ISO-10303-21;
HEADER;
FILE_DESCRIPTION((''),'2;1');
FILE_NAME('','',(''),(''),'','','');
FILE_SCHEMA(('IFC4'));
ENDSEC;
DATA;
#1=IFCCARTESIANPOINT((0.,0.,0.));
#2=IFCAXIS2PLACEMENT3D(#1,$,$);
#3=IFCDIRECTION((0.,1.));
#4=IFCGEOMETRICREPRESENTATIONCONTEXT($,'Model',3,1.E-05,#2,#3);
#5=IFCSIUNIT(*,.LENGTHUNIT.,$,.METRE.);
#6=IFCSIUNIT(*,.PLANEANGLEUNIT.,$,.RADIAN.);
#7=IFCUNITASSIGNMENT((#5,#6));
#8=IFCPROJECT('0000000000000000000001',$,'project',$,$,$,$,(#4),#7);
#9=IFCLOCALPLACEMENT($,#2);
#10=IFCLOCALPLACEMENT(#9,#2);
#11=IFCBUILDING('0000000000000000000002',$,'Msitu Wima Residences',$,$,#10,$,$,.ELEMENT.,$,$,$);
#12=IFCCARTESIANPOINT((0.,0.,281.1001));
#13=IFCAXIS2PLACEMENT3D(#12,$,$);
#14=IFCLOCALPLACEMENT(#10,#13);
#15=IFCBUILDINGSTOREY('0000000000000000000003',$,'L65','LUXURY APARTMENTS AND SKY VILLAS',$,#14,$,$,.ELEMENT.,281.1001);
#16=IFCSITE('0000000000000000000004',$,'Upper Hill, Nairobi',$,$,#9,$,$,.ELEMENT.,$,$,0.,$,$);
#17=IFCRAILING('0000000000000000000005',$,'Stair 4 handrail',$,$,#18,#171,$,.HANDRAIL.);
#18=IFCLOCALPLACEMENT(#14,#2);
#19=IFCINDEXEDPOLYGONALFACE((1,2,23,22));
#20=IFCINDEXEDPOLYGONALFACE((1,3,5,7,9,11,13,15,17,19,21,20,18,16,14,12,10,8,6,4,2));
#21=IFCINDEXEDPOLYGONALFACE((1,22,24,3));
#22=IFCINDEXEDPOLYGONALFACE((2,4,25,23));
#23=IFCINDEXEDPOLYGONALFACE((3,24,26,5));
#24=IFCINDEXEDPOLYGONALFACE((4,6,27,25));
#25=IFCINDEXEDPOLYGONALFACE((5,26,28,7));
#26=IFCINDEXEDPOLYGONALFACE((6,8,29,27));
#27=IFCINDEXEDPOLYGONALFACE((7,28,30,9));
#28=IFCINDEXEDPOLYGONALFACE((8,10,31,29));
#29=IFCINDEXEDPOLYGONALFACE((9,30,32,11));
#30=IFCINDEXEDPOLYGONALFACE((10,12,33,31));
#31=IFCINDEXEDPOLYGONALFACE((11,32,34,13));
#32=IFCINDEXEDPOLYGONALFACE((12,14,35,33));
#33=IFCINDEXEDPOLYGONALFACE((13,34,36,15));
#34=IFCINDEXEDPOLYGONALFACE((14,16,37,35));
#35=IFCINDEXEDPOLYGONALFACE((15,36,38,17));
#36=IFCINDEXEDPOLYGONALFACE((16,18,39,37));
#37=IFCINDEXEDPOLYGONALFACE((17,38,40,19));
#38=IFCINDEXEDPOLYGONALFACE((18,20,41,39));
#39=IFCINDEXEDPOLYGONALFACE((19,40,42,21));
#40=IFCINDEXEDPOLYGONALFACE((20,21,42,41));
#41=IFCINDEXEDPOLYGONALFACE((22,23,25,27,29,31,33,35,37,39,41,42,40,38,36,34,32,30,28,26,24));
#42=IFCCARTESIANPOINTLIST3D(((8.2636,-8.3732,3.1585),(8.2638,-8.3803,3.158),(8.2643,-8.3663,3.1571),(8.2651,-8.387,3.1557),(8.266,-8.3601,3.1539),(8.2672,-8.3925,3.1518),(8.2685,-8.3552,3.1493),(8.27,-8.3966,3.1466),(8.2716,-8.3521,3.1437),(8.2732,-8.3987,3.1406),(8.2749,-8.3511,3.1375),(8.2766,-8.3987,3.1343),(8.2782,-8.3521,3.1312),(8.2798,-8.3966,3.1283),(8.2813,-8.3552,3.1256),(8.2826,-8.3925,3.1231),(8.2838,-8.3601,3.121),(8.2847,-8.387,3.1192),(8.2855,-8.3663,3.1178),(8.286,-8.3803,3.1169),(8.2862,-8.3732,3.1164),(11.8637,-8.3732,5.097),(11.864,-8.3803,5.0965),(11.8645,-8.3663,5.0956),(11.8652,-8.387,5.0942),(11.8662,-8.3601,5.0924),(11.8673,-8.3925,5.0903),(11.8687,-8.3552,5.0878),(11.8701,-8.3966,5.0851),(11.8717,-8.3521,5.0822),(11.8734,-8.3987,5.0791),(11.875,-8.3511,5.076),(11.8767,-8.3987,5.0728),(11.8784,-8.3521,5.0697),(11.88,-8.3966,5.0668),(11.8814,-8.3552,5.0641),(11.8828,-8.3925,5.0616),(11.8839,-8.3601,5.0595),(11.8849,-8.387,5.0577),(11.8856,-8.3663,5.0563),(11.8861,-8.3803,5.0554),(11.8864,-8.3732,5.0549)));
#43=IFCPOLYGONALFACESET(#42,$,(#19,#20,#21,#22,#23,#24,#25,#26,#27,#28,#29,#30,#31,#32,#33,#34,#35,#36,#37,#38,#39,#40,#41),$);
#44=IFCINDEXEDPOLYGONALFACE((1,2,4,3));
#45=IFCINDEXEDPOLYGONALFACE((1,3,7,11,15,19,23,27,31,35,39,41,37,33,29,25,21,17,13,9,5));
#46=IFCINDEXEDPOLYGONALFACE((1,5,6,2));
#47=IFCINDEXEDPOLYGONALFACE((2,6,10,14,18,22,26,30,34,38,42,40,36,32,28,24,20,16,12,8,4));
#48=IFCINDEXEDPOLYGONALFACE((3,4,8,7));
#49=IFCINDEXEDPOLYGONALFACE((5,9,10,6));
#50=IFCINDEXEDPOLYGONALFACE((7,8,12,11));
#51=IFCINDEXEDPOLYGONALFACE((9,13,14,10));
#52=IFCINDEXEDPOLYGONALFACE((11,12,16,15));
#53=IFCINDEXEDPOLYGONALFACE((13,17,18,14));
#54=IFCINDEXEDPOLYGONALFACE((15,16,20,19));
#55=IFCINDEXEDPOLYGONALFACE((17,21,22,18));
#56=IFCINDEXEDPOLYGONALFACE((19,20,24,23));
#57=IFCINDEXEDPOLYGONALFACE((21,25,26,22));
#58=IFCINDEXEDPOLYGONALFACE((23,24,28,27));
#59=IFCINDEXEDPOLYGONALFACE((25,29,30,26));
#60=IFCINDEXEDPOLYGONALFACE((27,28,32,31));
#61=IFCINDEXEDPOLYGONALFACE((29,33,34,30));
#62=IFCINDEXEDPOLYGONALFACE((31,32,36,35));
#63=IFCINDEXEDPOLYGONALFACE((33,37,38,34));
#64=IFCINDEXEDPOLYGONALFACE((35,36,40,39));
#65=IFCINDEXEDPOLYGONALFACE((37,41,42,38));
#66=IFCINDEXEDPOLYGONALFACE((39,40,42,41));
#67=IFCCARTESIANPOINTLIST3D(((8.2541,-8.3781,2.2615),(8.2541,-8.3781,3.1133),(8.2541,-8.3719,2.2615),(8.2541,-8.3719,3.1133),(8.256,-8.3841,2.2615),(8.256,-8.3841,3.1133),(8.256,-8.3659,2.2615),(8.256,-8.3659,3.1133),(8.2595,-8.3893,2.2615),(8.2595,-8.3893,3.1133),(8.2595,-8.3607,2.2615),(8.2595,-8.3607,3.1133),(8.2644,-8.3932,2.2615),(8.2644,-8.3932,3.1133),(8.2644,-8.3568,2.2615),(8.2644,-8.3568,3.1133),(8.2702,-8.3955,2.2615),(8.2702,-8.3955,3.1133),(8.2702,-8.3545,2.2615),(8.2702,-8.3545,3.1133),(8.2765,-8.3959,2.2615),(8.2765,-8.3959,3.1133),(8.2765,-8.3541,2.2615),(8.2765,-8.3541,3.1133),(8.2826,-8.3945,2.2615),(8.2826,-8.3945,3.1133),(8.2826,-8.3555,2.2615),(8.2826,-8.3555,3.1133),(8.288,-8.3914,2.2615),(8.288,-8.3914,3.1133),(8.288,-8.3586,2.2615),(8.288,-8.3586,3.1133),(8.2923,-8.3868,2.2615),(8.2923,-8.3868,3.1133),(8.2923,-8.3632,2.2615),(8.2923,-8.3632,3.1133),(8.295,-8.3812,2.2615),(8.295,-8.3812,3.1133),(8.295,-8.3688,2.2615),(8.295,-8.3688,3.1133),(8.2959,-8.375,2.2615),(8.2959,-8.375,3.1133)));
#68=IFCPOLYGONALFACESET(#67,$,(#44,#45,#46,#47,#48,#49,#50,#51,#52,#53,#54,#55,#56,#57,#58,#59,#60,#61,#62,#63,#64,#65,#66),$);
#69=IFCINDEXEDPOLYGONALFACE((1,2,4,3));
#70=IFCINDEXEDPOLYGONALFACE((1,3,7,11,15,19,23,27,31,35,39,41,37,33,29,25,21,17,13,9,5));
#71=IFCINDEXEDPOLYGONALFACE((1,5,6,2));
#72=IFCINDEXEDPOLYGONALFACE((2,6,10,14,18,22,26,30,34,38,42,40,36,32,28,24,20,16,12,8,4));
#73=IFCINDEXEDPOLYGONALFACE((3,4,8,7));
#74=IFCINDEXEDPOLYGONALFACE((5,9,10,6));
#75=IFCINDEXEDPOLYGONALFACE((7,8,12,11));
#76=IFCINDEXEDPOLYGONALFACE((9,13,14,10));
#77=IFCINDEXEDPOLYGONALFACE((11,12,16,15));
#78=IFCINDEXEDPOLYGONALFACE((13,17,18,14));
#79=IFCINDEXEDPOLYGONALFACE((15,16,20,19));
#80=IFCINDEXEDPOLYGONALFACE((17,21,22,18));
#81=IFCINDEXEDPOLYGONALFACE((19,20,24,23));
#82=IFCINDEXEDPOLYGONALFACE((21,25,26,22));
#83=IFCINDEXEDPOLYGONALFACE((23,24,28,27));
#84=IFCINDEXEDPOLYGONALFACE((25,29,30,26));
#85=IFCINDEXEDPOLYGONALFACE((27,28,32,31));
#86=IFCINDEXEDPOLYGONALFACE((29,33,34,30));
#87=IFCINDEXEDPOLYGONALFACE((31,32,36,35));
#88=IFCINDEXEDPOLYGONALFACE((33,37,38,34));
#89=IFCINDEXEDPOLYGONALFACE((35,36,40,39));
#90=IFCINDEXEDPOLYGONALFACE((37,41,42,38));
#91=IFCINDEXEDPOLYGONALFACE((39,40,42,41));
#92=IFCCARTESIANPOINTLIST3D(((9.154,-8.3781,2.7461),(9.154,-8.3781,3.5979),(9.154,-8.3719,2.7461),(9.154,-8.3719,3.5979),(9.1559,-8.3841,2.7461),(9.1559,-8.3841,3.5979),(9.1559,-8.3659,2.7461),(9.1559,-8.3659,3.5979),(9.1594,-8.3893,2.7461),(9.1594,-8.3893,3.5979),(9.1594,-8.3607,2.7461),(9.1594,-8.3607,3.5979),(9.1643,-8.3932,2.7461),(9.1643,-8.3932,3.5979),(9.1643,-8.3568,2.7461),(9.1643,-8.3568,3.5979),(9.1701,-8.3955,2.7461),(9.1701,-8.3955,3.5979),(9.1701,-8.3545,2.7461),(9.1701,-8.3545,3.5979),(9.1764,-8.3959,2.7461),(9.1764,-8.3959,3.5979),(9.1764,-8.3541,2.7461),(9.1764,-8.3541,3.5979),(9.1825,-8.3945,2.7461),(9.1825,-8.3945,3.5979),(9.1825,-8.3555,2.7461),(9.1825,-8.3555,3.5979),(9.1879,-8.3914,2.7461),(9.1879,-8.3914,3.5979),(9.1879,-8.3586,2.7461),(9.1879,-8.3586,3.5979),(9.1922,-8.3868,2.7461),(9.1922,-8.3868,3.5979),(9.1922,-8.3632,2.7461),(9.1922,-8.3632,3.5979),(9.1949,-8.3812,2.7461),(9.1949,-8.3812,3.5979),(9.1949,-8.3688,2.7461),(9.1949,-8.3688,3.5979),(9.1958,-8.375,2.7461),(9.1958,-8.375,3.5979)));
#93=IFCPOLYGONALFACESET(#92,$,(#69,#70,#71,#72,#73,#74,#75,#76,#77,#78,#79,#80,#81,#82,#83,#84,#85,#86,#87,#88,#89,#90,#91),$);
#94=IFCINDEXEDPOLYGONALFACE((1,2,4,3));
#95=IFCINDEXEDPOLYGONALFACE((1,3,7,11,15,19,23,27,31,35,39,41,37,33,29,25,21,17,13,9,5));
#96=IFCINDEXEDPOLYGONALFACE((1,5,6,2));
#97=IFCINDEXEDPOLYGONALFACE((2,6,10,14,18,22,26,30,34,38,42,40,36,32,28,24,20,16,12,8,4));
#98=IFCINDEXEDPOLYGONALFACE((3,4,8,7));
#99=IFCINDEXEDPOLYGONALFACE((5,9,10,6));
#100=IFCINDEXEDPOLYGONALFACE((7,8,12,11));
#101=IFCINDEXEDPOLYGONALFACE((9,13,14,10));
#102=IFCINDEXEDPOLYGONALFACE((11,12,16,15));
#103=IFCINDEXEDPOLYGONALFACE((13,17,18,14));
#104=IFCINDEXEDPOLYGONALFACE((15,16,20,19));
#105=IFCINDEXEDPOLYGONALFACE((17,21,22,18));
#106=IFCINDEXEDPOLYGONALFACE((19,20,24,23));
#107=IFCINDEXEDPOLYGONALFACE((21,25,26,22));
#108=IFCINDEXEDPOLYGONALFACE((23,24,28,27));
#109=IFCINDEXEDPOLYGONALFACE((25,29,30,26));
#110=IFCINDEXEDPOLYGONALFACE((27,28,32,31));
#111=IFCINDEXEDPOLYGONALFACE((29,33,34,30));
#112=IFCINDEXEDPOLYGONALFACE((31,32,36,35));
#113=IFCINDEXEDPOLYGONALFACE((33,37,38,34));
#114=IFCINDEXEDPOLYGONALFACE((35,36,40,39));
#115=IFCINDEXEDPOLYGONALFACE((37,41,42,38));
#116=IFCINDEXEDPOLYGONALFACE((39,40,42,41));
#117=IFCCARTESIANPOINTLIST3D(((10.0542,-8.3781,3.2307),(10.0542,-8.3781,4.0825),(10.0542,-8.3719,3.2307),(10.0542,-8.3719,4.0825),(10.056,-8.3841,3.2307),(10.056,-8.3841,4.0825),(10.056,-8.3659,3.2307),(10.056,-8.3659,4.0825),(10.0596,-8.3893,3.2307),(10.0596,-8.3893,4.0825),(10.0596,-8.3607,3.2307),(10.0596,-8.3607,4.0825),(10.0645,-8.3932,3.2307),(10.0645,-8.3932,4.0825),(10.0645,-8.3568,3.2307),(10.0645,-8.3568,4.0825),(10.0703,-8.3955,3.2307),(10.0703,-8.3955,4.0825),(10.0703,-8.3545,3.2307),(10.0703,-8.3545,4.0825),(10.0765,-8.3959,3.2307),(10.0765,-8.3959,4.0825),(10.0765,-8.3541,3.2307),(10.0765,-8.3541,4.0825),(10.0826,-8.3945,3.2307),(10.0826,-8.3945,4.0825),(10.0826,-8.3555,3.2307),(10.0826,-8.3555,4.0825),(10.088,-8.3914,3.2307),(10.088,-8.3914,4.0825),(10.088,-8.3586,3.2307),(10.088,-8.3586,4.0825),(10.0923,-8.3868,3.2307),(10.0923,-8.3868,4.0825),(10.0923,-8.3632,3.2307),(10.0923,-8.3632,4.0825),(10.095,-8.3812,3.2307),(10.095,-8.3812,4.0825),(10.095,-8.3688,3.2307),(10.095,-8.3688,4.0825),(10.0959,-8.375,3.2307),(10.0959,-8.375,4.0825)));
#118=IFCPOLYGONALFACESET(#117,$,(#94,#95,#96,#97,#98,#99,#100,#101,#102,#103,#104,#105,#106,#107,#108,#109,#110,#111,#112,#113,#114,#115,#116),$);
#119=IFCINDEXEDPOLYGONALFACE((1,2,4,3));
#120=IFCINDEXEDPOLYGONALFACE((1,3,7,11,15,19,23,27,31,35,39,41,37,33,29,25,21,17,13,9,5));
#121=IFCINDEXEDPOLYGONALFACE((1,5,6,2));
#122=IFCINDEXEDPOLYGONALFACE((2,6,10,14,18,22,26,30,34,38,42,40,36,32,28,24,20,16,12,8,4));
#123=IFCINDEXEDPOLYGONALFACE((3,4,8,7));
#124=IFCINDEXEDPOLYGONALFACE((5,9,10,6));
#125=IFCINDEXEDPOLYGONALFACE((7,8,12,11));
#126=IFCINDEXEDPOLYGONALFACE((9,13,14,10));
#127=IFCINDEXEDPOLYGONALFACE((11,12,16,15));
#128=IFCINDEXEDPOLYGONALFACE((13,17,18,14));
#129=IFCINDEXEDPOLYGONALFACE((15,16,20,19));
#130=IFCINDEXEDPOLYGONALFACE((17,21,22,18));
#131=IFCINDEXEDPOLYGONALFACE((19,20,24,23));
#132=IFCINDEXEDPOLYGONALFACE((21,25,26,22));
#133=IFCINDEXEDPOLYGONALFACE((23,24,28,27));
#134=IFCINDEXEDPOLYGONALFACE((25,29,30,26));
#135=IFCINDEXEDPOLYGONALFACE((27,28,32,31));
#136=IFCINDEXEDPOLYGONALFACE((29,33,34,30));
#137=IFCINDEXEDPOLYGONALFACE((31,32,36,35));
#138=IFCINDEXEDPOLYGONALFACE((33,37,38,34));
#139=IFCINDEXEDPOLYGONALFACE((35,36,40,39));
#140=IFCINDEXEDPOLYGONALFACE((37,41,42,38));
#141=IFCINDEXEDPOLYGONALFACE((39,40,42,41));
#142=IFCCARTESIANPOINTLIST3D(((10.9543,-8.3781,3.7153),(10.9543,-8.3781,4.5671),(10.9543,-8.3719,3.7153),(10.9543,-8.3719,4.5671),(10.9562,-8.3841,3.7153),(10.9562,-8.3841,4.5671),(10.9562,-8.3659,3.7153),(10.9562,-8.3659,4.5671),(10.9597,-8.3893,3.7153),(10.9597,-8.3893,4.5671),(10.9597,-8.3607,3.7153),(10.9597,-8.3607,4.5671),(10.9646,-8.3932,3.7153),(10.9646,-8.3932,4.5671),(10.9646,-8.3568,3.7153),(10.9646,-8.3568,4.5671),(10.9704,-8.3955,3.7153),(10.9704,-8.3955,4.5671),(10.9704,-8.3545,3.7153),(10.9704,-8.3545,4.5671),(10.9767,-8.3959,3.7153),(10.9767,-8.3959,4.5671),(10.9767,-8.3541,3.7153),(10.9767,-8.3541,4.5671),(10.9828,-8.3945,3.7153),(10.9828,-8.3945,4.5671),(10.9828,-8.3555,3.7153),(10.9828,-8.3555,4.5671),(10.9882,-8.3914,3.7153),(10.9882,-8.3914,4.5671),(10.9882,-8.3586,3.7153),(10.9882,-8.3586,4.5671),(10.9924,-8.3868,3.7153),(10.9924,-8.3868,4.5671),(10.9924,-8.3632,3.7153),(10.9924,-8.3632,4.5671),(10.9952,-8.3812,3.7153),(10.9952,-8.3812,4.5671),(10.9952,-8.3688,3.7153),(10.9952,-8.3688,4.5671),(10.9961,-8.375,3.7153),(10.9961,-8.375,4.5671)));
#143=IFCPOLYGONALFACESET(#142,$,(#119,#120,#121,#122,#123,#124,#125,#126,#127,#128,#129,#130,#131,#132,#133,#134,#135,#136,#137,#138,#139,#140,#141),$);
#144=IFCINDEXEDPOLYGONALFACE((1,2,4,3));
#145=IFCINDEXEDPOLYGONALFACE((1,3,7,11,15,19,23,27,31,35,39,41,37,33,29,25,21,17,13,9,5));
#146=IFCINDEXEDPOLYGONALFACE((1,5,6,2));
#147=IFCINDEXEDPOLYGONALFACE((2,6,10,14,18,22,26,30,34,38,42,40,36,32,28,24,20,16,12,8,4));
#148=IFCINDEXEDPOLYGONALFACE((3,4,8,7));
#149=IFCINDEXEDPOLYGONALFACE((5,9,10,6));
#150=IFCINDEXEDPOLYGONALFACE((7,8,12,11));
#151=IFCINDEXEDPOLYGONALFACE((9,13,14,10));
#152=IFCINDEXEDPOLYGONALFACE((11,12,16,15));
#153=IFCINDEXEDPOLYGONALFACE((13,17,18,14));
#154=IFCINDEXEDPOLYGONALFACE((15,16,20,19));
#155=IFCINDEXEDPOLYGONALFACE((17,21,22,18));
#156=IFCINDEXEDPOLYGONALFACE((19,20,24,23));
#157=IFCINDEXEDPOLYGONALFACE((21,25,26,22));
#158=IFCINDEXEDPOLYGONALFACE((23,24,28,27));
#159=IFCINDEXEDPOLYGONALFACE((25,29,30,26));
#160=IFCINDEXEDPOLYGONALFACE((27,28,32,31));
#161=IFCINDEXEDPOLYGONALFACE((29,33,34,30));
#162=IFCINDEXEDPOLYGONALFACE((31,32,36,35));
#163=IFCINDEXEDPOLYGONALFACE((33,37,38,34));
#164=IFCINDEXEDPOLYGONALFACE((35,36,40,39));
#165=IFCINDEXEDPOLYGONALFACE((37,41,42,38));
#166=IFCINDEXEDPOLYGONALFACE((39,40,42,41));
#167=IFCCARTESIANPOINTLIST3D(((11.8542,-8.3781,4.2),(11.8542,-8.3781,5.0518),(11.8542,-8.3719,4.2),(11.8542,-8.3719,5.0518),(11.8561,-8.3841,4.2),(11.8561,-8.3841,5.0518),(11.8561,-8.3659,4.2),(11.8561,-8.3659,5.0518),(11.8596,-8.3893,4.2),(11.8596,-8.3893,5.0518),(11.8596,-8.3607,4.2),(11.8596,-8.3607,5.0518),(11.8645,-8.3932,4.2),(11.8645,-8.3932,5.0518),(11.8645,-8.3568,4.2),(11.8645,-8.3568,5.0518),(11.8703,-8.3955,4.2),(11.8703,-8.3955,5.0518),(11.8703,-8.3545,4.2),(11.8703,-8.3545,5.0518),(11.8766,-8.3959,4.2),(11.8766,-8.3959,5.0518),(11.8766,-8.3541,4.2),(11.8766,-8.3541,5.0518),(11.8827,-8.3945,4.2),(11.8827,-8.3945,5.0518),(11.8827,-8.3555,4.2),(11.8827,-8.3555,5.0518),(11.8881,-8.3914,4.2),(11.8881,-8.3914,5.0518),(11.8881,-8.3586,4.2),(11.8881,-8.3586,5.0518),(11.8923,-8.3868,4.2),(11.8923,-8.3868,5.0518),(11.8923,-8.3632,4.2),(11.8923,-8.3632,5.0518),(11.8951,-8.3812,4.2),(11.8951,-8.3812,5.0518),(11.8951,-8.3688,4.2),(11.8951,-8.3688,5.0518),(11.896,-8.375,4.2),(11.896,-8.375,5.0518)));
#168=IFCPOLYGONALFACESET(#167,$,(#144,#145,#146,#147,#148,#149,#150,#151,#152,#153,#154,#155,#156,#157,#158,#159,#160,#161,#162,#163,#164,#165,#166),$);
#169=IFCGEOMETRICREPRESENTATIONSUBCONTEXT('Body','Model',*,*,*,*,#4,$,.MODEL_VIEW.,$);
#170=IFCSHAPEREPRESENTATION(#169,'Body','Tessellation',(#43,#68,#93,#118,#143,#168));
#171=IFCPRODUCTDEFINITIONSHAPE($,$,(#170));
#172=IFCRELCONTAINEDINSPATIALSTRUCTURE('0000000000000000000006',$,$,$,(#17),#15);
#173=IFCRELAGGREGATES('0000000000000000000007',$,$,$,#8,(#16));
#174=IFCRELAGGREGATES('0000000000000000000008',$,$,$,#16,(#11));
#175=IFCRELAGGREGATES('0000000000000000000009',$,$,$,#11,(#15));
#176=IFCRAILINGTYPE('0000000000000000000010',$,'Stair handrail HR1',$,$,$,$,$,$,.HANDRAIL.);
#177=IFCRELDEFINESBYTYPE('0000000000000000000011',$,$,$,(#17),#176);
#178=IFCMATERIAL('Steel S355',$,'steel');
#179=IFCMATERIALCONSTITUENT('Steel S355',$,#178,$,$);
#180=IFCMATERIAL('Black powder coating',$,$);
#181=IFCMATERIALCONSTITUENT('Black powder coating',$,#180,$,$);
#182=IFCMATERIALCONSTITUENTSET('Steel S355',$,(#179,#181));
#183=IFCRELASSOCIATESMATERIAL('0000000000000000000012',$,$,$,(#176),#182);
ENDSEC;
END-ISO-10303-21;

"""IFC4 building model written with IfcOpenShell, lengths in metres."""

from ifc_helpers import new_model, si_unit, direction, frame, origin, origin_2d, place, context, subcontext, project, spatial, circle, extrude, material, constituent, constituent_set, type_object, element, save


model = new_model("IFC4")

# Units and contexts
model_context = context("Model", 3, precision=1e-05, world=origin(), true_north=direction((0.0, 1.0)))
body_context = subcontext(model_context, "Body", "Model", "MODEL_VIEW")
ifc_project = project(units=[si_unit("LENGTHUNIT", "METRE"), si_unit("PLANEANGLEUNIT", "RADIAN")], contexts=[model_context])

# Site, building, storey
site_placement = place(None, origin())
site = spatial("IfcSite", under=ifc_project, at=site_placement, Name="Upper Hill, Nairobi", CompositionType="ELEMENT", RefElevation=0.0)
building_placement = place(site_placement, origin())
building = spatial("IfcBuilding", under=site, at=building_placement, Name="Msitu Wima Residences", CompositionType="ELEMENT")
storey_placement = place(building_placement, frame((0.0, 0.0, 281.1001)))
storey = spatial("IfcBuildingStorey", under=building, at=storey_placement, Name="L65", Description="LUXURY APARTMENTS AND SKY VILLAS", CompositionType="ELEMENT", Elevation=281.1001)

# Railing
ifc_material_1 = material(Name="Steel S355", Category="steel")
ifc_constituent_1 = constituent(ifc_material_1, Name="Steel S355")
ifc_material_2 = material(Name="Black powder coating")
ifc_constituent_2 = constituent(ifc_material_2, Name="Black powder coating")
ifc_constituent_set = constituent_set(constituents=[ifc_constituent_1, ifc_constituent_2], Name="Steel S355")
railing_type = type_object("IfcRailingType", Name="Stair handrail HR1", PredefinedType="HANDRAIL", material=ifc_constituent_set)
for number, where, name in (
    (1, (8.2749, -8.375, 2.2615), "Stair 4 handrail"),
):
    element("IfcRailing", number, at=place(storey_placement, frame(where)), inside=storey, type_object=railing_type, Name=name, PredefinedType="HANDRAIL", context=body_context, shape_type="SweptSolid", body=[
        extrude(circle(Radius=0.0239, at=origin_2d()), frame((0.0, 0.0, 0.876), z_axis=(0.880475, 0.0, 0.474093), x_axis=(0.0, 1.0, 0.0)), (0.0, 0.0, 1.0), 4.0889),
        extrude(circle(Radius=0.021, at=origin_2d()), origin(), (0.0, 0.0, 1.0), 0.8518),
        extrude(circle(Radius=0.021, at=origin_2d()), frame((0.8999, 0.0, 0.4846)), (0.0, 0.0, 1.0), 0.8518),
        extrude(circle(Radius=0.021, at=origin_2d()), frame((1.8, 0.0, 0.9692)), (0.0, 0.0, 1.0), 0.8518),
        extrude(circle(Radius=0.021, at=origin_2d()), frame((2.7002, 0.0, 1.4539)), (0.0, 0.0, 1.0), 0.8518),
        extrude(circle(Radius=0.021, at=origin_2d()), frame((3.6001, 0.0, 1.9385)), (0.0, 0.0, 1.0), 0.8518),
    ])

save(model, "model.ifc")
